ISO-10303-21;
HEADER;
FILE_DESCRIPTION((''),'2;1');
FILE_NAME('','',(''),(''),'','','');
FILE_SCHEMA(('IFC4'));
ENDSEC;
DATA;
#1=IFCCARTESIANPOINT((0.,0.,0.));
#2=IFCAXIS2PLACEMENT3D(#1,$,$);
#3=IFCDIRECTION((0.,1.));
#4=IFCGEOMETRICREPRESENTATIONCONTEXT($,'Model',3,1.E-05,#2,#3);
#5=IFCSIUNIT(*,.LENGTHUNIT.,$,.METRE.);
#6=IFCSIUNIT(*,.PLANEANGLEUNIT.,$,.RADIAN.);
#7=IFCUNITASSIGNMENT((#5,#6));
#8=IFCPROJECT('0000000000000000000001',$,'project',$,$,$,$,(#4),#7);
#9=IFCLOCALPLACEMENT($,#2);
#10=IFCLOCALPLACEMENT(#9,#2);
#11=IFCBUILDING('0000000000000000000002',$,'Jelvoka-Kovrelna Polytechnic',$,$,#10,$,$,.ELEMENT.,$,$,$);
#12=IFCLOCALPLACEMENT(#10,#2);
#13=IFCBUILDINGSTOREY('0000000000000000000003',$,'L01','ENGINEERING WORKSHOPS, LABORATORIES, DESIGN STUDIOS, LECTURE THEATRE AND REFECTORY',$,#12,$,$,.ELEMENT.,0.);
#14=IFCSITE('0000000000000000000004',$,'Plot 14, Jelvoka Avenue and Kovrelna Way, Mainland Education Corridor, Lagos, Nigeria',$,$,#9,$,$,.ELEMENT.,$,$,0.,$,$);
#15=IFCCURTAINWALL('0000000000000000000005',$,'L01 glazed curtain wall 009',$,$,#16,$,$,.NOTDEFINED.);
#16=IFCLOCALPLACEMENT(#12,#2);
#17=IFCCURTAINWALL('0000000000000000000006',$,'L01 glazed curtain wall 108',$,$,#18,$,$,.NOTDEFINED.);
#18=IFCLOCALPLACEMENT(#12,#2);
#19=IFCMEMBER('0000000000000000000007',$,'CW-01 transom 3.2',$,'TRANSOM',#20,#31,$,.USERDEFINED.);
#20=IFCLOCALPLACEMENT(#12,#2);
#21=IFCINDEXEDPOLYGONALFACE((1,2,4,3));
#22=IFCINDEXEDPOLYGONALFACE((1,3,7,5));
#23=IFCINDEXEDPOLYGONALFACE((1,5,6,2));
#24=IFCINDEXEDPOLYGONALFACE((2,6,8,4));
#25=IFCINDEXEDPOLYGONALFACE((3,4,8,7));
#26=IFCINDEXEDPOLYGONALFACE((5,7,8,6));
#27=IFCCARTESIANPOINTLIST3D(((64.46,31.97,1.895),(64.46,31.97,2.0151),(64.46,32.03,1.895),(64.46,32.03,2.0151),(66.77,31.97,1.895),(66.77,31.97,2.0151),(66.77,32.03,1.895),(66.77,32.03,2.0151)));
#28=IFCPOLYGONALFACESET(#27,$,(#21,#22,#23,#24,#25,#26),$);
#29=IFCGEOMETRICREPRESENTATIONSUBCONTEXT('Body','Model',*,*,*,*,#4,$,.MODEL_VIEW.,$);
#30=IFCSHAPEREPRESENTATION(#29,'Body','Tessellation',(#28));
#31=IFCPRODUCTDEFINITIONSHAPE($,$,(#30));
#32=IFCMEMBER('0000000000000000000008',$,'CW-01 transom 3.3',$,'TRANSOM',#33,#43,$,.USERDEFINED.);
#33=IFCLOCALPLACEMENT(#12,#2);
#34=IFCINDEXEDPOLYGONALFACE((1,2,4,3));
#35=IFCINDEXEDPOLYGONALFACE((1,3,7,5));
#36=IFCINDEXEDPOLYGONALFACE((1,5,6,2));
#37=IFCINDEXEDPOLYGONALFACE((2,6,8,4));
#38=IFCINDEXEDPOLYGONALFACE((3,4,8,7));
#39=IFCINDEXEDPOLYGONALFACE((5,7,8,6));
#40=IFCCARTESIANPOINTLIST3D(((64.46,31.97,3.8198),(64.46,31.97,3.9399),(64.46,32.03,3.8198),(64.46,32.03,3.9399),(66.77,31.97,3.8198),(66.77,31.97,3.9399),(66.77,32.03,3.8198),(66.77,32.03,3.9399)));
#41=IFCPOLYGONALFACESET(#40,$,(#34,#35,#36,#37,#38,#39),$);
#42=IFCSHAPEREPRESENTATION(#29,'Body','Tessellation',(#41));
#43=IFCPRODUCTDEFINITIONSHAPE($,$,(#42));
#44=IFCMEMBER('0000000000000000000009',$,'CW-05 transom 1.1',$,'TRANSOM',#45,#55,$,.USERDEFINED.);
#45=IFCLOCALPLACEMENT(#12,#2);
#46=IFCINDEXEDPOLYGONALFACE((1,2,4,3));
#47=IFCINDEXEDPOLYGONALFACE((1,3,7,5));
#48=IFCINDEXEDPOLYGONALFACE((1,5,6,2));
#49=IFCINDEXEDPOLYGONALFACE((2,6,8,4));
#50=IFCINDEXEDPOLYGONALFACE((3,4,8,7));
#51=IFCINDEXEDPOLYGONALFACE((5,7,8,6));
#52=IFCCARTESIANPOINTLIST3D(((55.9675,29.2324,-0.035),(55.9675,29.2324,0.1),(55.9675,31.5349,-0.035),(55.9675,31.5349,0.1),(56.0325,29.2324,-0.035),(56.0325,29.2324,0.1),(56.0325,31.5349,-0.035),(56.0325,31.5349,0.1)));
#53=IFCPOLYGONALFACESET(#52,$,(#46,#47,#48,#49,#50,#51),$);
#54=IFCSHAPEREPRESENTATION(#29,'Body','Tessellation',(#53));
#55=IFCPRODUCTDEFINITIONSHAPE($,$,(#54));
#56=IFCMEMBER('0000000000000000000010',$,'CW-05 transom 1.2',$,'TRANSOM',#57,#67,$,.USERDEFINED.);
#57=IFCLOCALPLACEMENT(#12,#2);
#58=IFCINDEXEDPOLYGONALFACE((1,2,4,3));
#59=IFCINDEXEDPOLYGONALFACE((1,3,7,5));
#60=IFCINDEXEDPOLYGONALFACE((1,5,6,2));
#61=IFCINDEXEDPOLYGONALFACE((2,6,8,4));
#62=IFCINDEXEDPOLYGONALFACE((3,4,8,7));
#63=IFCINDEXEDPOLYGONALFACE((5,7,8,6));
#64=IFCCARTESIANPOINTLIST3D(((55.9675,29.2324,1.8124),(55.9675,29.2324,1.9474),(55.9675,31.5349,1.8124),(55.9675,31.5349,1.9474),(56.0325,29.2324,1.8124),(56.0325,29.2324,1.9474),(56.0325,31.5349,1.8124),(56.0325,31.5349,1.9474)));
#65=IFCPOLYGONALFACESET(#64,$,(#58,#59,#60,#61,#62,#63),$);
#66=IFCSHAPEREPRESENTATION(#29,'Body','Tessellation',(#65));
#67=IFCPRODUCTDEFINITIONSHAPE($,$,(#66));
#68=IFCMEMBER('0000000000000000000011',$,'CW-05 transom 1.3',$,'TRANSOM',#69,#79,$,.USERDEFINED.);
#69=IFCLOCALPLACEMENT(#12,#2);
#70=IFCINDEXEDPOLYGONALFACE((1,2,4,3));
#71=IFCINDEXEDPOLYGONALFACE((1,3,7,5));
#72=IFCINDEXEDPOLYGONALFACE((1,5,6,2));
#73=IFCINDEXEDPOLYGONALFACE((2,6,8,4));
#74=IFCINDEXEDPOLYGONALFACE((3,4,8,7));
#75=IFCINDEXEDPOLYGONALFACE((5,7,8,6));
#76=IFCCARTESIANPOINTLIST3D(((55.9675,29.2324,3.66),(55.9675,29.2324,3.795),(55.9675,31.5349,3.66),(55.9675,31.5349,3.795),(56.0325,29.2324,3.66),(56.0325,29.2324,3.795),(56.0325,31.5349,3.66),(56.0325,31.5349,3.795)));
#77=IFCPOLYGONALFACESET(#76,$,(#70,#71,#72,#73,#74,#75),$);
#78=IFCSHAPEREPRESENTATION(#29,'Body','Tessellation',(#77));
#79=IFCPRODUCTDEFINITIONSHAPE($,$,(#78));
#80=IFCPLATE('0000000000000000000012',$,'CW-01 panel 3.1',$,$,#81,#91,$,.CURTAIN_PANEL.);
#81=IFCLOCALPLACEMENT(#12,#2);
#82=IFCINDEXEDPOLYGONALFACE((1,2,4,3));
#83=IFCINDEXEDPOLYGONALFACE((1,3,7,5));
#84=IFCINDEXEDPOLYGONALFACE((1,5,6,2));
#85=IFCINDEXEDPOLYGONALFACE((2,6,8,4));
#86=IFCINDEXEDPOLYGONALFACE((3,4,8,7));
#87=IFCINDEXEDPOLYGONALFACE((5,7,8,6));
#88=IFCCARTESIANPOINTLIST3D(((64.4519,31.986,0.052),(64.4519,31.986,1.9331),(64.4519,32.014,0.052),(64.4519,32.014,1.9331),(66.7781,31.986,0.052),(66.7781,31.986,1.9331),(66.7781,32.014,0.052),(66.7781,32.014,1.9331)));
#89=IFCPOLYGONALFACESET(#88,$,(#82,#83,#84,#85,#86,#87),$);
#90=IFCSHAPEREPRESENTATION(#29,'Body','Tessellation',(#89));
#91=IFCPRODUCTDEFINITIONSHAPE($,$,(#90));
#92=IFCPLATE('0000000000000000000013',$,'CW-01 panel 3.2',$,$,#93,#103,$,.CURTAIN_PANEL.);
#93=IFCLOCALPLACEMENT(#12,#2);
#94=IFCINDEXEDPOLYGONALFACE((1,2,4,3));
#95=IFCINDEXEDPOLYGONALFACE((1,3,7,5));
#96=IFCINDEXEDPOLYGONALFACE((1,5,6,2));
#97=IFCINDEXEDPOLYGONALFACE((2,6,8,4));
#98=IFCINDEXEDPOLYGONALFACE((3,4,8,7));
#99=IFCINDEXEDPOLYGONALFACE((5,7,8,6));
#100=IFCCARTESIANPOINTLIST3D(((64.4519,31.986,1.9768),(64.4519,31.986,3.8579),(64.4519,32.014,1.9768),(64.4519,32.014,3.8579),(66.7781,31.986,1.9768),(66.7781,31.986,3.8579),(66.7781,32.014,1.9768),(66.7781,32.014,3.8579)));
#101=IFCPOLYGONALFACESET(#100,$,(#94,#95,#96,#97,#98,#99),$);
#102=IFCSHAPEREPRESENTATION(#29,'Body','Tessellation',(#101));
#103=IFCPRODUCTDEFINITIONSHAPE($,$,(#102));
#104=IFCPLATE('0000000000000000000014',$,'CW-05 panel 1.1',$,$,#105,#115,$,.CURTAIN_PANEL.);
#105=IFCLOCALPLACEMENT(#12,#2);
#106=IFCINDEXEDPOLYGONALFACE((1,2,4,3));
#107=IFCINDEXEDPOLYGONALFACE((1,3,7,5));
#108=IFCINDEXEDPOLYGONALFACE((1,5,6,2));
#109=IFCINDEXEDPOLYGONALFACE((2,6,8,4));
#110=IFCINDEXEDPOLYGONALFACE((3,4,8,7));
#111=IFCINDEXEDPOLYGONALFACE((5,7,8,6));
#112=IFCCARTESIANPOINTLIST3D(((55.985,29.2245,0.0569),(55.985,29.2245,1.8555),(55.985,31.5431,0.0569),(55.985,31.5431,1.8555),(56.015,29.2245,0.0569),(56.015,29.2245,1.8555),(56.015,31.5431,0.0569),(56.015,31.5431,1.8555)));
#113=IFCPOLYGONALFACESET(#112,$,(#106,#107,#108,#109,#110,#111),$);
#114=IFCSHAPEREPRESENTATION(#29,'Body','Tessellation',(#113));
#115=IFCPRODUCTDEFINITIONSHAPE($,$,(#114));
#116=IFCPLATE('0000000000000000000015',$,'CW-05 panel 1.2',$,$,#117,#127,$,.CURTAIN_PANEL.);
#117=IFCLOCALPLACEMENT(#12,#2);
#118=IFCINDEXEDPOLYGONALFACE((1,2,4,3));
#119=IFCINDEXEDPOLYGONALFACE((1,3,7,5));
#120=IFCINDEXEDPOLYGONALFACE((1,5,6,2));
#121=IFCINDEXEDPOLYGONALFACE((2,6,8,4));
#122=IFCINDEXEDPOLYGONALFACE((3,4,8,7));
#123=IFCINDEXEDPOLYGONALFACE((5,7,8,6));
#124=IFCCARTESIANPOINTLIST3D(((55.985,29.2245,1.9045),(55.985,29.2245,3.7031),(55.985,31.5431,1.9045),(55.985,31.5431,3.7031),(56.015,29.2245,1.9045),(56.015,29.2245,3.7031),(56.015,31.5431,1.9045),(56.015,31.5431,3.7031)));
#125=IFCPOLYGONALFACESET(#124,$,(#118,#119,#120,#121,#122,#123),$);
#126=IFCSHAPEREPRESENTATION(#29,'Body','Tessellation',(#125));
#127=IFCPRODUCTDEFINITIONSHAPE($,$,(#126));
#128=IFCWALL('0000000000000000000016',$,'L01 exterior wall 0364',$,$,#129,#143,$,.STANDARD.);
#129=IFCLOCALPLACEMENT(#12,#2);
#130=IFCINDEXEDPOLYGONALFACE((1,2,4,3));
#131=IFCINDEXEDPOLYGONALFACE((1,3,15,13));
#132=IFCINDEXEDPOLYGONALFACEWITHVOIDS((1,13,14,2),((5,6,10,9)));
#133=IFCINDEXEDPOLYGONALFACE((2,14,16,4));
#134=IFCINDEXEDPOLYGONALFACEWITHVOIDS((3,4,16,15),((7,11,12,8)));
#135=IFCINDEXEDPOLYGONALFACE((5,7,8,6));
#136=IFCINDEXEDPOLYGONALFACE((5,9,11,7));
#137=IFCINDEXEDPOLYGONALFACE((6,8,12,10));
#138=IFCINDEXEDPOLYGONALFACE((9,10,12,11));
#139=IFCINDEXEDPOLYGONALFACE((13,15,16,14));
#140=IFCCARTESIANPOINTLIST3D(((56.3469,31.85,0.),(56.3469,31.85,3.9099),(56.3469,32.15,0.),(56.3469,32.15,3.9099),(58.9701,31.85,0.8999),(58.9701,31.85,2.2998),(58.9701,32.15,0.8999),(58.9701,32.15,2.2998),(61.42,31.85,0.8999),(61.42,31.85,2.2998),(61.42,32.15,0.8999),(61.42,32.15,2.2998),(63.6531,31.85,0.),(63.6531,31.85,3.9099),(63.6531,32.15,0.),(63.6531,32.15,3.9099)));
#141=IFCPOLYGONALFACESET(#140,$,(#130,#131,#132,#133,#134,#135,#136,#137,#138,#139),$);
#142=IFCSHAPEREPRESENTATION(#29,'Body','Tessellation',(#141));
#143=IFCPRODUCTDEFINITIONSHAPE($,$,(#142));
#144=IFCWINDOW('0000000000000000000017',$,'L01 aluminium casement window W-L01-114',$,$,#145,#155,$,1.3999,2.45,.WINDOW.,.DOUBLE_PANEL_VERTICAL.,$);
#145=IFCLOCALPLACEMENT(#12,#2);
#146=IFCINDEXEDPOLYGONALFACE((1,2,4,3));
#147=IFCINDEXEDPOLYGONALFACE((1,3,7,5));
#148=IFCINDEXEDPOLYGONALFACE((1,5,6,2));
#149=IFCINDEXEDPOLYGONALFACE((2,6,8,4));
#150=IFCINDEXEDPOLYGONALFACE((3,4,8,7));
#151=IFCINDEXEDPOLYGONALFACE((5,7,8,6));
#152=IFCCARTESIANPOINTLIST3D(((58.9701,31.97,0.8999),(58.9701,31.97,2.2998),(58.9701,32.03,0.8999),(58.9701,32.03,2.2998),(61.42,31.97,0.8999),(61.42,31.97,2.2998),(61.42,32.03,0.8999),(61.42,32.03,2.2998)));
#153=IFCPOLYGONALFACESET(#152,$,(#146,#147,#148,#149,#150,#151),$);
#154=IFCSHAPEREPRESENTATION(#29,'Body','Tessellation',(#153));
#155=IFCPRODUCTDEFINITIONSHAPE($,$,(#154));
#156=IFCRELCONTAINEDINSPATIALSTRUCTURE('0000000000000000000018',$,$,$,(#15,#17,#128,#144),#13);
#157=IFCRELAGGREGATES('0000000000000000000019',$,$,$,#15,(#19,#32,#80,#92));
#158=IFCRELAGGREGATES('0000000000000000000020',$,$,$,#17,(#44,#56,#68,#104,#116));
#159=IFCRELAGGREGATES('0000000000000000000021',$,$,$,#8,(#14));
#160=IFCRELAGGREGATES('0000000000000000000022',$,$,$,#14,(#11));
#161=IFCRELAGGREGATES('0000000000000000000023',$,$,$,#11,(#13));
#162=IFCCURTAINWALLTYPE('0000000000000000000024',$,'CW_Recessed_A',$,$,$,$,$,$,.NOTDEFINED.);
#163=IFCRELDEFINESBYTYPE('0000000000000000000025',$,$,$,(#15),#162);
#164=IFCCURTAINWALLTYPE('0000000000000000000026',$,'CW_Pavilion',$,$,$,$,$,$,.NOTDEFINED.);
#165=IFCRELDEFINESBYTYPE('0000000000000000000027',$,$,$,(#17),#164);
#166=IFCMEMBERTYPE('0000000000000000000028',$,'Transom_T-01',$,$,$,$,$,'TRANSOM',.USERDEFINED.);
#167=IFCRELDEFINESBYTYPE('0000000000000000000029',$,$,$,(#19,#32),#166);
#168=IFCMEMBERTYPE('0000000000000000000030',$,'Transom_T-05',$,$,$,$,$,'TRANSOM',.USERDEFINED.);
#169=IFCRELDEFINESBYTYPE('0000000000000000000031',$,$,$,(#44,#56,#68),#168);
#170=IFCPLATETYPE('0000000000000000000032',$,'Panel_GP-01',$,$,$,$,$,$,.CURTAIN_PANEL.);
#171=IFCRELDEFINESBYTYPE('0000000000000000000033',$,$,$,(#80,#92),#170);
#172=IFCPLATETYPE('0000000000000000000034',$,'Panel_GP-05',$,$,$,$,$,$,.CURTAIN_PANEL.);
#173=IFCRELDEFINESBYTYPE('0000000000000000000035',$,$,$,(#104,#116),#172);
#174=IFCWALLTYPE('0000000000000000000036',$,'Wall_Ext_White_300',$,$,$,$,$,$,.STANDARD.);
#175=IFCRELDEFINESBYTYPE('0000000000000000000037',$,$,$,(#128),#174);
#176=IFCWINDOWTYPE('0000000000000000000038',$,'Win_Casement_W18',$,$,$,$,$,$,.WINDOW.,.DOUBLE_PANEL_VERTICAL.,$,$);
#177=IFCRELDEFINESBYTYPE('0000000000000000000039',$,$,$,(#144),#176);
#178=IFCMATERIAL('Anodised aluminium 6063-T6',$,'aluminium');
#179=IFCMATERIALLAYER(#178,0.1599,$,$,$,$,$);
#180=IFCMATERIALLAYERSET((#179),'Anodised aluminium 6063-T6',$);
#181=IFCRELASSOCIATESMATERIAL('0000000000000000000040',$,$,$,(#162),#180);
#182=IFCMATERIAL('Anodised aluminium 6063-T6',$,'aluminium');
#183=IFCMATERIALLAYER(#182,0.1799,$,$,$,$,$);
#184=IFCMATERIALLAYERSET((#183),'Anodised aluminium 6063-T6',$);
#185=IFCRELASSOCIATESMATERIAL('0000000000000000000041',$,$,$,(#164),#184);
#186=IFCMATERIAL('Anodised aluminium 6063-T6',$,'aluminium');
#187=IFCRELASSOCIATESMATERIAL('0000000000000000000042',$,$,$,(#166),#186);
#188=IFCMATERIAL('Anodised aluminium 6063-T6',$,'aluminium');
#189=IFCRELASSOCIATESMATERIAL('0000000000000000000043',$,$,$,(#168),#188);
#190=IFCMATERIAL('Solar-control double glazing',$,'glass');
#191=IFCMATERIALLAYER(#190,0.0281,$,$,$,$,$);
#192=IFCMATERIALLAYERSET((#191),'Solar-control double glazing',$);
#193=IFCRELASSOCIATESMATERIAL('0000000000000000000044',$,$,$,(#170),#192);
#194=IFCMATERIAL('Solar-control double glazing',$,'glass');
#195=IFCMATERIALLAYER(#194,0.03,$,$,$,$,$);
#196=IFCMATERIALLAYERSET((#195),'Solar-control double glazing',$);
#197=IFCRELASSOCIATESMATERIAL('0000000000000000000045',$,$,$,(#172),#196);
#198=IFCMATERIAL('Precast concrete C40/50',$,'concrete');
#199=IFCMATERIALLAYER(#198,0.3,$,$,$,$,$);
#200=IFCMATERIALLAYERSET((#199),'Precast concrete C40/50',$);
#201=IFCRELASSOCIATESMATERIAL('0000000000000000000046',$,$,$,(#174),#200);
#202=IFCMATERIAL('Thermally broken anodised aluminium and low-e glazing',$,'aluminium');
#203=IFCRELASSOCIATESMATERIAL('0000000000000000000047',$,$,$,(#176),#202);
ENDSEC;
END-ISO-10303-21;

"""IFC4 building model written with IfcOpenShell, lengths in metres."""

from ifc_helpers import new_model, si_unit, direction, frame, frame_2d, origin, origin_2d, place, context, subcontext, project, spatial, rectangle, extrude, material, layer, layer_set, material_profile, profile_set, type_object, element, fill, aggregate, save


model = new_model("IFC4")

# Units and contexts
model_context = context("Model", 3, precision=1e-05, world=origin(), true_north=direction((0.0, 1.0)))
body_context = subcontext(model_context, "Body", "Model", "MODEL_VIEW")
ifc_project = project(units=[si_unit("LENGTHUNIT", "METRE"), si_unit("PLANEANGLEUNIT", "RADIAN")], contexts=[model_context])

# Site, building, storey
site_placement = place(None, origin())
site = spatial("IfcSite", under=ifc_project, at=site_placement, Name="Plot 14, Jelvoka Avenue and Kovrelna Way, Mainland Education Corridor, Lagos, Nigeria", CompositionType="ELEMENT", RefElevation=0.0)
building_placement = place(site_placement, origin())
building = spatial("IfcBuilding", under=site, at=building_placement, Name="Jelvoka-Kovrelna Polytechnic", CompositionType="ELEMENT")
storey_placement = place(building_placement, origin())
storey = spatial("IfcBuildingStorey", under=building, at=storey_placement, Name="L01", Description="ENGINEERING WORKSHOPS, LABORATORIES, DESIGN STUDIOS, LECTURE THEATRE AND REFECTORY", CompositionType="ELEMENT", Elevation=0.0)

# Curtain walls
ifc_material_1 = material(Name="Anodised aluminium 6063-T6", Category="aluminium")
ifc_layer_1 = layer(ifc_material_1, 0.1599)
ifc_layer_set_1 = layer_set([ifc_layer_1], Name="Anodised aluminium 6063-T6")
curtain_wall_type_1 = type_object("IfcCurtainWallType", Name="CW_Recessed_A", PredefinedType="NOTDEFINED", material=ifc_layer_set_1)
curtain_wall_1_placement = place(storey_placement, origin())
curtain_wall_1 = element("IfcCurtainWall", 1, at=curtain_wall_1_placement, inside=storey, type_object=curtain_wall_type_1, Name="L01 glazed curtain wall 009", PredefinedType="NOTDEFINED")
ifc_material_2 = material(Name="Anodised aluminium 6063-T6", Category="aluminium")
ifc_layer_2 = layer(ifc_material_2, 0.1799)
ifc_layer_set_2 = layer_set([ifc_layer_2], Name="Anodised aluminium 6063-T6")
curtain_wall_type_2 = type_object("IfcCurtainWallType", Name="CW_Pavilion", PredefinedType="NOTDEFINED", material=ifc_layer_set_2)
curtain_wall_2_placement = place(storey_placement, origin())
curtain_wall_2 = element("IfcCurtainWall", 2, at=curtain_wall_2_placement, inside=storey, type_object=curtain_wall_type_2, Name="L01 glazed curtain wall 108", PredefinedType="NOTDEFINED")

# Members
ifc_material_3 = material(Name="Anodised aluminium 6063-T6", Category="aluminium")
ifc_material_profile_1 = material_profile(ifc_material_3, rectangle(XDim=0.0601, YDim=0.1201, at=origin_2d()), Name="ALU 60x120")
ifc_profile_set_1 = profile_set([ifc_material_profile_1], Name="Anodised aluminium 6063-T6")
member_type_1 = type_object("IfcMemberType", Name="Transom_T-01", ElementType="TRANSOM", PredefinedType="USERDEFINED", material=ifc_profile_set_1)
member_1_placement = place(storey_placement, frame((66.77, 32.0, 1.9551), z_axis=(-1.0, 0.0, 0.0), x_axis=(0.0, -1.0, 0.0)))
member_1 = element("IfcMember", 3, at=member_1_placement, type_object=member_type_1, Name="CW-01 transom 3.2", ObjectType="TRANSOM", PredefinedType="USERDEFINED", context=body_context, shape_type="SweptSolid", body=[
    extrude(rectangle(XDim=0.0601, YDim=0.1201, at=origin_2d()), origin(), (0.0, 0.0, 1.0), 2.3101),
])
member_2_placement = place(storey_placement, frame((66.77, 32.0, 3.8799), z_axis=(-1.0, 0.0, 0.0), x_axis=(0.0, -1.0, 0.0)))
member_2 = element("IfcMember", 4, at=member_2_placement, type_object=member_type_1, Name="CW-01 transom 3.3", ObjectType="TRANSOM", PredefinedType="USERDEFINED", context=body_context, shape_type="SweptSolid", body=[
    extrude(rectangle(XDim=0.0601, YDim=0.1201, at=origin_2d()), origin(), (0.0, 0.0, 1.0), 2.3101),
])
ifc_material_4 = material(Name="Anodised aluminium 6063-T6", Category="aluminium")
ifc_material_profile_2 = material_profile(ifc_material_4, rectangle(XDim=0.0649, YDim=0.135, at=origin_2d()), Name="ALU 65x135")
ifc_profile_set_2 = profile_set([ifc_material_profile_2], Name="Anodised aluminium 6063-T6")
member_type_2 = type_object("IfcMemberType", Name="Transom_T-05", ElementType="TRANSOM", PredefinedType="USERDEFINED", material=ifc_profile_set_2)
member_3_placement = place(storey_placement, frame((56.0, 31.5349, 0.0325), z_axis=(0.0, -1.0, 0.0), x_axis=(1.0, 0.0, 0.0)))
member_3 = element("IfcMember", 5, at=member_3_placement, type_object=member_type_2, Name="CW-05 transom 1.1", ObjectType="TRANSOM", PredefinedType="USERDEFINED", context=body_context, shape_type="SweptSolid", body=[
    extrude(rectangle(XDim=0.0649, YDim=0.135, at=origin_2d()), origin(), (0.0, 0.0, 1.0), 2.3025),
])
member_4_placement = place(storey_placement, frame((56.0, 31.5349, 1.8799), z_axis=(0.0, -1.0, 0.0), x_axis=(1.0, 0.0, 0.0)))
member_4 = element("IfcMember", 6, at=member_4_placement, type_object=member_type_2, Name="CW-05 transom 1.2", ObjectType="TRANSOM", PredefinedType="USERDEFINED", context=body_context, shape_type="SweptSolid", body=[
    extrude(rectangle(XDim=0.0649, YDim=0.135, at=origin_2d()), origin(), (0.0, 0.0, 1.0), 2.3025),
])
member_5_placement = place(storey_placement, frame((56.0, 31.5349, 3.7275), z_axis=(0.0, -1.0, 0.0), x_axis=(1.0, 0.0, 0.0)))
member_5 = element("IfcMember", 7, at=member_5_placement, type_object=member_type_2, Name="CW-05 transom 1.3", ObjectType="TRANSOM", PredefinedType="USERDEFINED", context=body_context, shape_type="SweptSolid", body=[
    extrude(rectangle(XDim=0.0649, YDim=0.135, at=origin_2d()), origin(), (0.0, 0.0, 1.0), 2.3025),
])

# Plates
ifc_material_5 = material(Name="Solar-control double glazing", Category="glass")
ifc_layer_3 = layer(ifc_material_5, 0.0281)
ifc_layer_set_3 = layer_set([ifc_layer_3], Name="Solar-control double glazing")
plate_type_1 = type_object("IfcPlateType", Name="Panel_GP-01", PredefinedType="CURTAIN_PANEL", material=ifc_layer_set_3)
plate_1_placement = place(storey_placement, frame((65.615, 32.0, 0.052), z_axis=(0.0, 0.0, 1.0), x_axis=(-1.0, 0.0, 0.0)))
plate_1 = element("IfcPlate", 8, at=plate_1_placement, type_object=plate_type_1, Name="CW-01 panel 3.1", PredefinedType="CURTAIN_PANEL", context=body_context, shape_type="SweptSolid", body=[
    extrude(rectangle(XDim=2.3262, YDim=0.0281, at=origin_2d()), origin(), (0.0, 0.0, 1.0), 1.8811),
])
plate_2_placement = place(storey_placement, frame((65.615, 32.0, 1.9768), z_axis=(0.0, 0.0, 1.0), x_axis=(-1.0, 0.0, 0.0)))
plate_2 = element("IfcPlate", 9, at=plate_2_placement, type_object=plate_type_1, Name="CW-01 panel 3.2", PredefinedType="CURTAIN_PANEL", context=body_context, shape_type="SweptSolid", body=[
    extrude(rectangle(XDim=2.3262, YDim=0.0281, at=origin_2d()), origin(), (0.0, 0.0, 1.0), 1.8811),
])
aggregate(curtain_wall_1, [member_1, member_2, plate_1, plate_2])
ifc_material_6 = material(Name="Solar-control double glazing", Category="glass")
ifc_layer_4 = layer(ifc_material_6, 0.03)
ifc_layer_set_4 = layer_set([ifc_layer_4], Name="Solar-control double glazing")
plate_type_2 = type_object("IfcPlateType", Name="Panel_GP-05", PredefinedType="CURTAIN_PANEL", material=ifc_layer_set_4)
plate_3_placement = place(storey_placement, frame((56.0, 30.3838, 0.0569), z_axis=(0.0, 0.0, 1.0), x_axis=(0.0, -1.0, 0.0)))
plate_3 = element("IfcPlate", 10, at=plate_3_placement, type_object=plate_type_2, Name="CW-05 panel 1.1", PredefinedType="CURTAIN_PANEL", context=body_context, shape_type="SweptSolid", body=[
    extrude(rectangle(XDim=2.3186, YDim=0.03, at=origin_2d()), origin(), (0.0, 0.0, 1.0), 1.7986),
])
plate_4_placement = place(storey_placement, frame((56.0, 30.3838, 1.9045), z_axis=(0.0, 0.0, 1.0), x_axis=(0.0, -1.0, 0.0)))
plate_4 = element("IfcPlate", 11, at=plate_4_placement, type_object=plate_type_2, Name="CW-05 panel 1.2", PredefinedType="CURTAIN_PANEL", context=body_context, shape_type="SweptSolid", body=[
    extrude(rectangle(XDim=2.3186, YDim=0.03, at=origin_2d()), origin(), (0.0, 0.0, 1.0), 1.7986),
])
aggregate(curtain_wall_2, [member_3, member_4, member_5, plate_3, plate_4])

# Wall, opening, window
ifc_material_7 = material(Name="Precast concrete C40/50", Category="concrete")
ifc_layer_5 = layer(ifc_material_7, 0.3)
ifc_layer_set_5 = layer_set([ifc_layer_5], Name="Precast concrete C40/50")
wall_type = type_object("IfcWallType", Name="Wall_Ext_White_300", PredefinedType="STANDARD", material=ifc_layer_set_5)
wall_placement = place(storey_placement, frame((63.6531, 32.0, 0.0), z_axis=(0.0, 0.0, 1.0), x_axis=(-1.0, 0.0, 0.0)))
wall = element("IfcWall", 12, at=wall_placement, inside=storey, type_object=wall_type, Name="L01 exterior wall 0364", PredefinedType="STANDARD", context=body_context, shape_type="SweptSolid", body=[
    extrude(rectangle(XDim=7.3062, YDim=0.3, at=frame_2d((3.6531, 0.0))), origin(), (0.0, 0.0, 1.0), 3.9099),
])
opening_placement = place(wall_placement, frame((2.2329, 0.0, 0.8999)))
opening = element("IfcOpeningElement", 13, at=opening_placement, cuts=wall, PredefinedType="OPENING", context=body_context, shape_type="SweptSolid", body=[
    extrude(rectangle(XDim=2.45, YDim=1.3999, at=frame_2d((1.2251, 0.7))), frame((0.0, 0.1599, 0.0), z_axis=(0.0, -1.0, 0.0), x_axis=(1.0, 0.0, 0.0)), (0.0, 0.0, 1.0), 0.3201),
])
ifc_material_8 = material(Name="Thermally broken anodised aluminium and low-e glazing", Category="aluminium")
window_type = type_object("IfcWindowType", Name="Win_Casement_W18", PartitioningType="DOUBLE_PANEL_VERTICAL", PredefinedType="WINDOW", material=ifc_material_8)
window_placement = place(opening_placement, origin())
window = element("IfcWindow", 14, at=window_placement, inside=storey, type_object=window_type, Name="L01 aluminium casement window W-L01-114", OverallHeight=1.3999, OverallWidth=2.45, PartitioningType="DOUBLE_PANEL_VERTICAL", PredefinedType="WINDOW", context=body_context, shape_type="SweptSolid", body=[
    extrude(rectangle(XDim=2.45, YDim=1.3999, at=frame_2d((1.2251, 0.7))), frame((0.0, 0.03, 0.0), z_axis=(0.0, -1.0, 0.0), x_axis=(1.0, 0.0, 0.0)), (0.0, 0.0, 1.0), 0.0601),
])
fill(opening, window)

save(model, "model.ifc")
